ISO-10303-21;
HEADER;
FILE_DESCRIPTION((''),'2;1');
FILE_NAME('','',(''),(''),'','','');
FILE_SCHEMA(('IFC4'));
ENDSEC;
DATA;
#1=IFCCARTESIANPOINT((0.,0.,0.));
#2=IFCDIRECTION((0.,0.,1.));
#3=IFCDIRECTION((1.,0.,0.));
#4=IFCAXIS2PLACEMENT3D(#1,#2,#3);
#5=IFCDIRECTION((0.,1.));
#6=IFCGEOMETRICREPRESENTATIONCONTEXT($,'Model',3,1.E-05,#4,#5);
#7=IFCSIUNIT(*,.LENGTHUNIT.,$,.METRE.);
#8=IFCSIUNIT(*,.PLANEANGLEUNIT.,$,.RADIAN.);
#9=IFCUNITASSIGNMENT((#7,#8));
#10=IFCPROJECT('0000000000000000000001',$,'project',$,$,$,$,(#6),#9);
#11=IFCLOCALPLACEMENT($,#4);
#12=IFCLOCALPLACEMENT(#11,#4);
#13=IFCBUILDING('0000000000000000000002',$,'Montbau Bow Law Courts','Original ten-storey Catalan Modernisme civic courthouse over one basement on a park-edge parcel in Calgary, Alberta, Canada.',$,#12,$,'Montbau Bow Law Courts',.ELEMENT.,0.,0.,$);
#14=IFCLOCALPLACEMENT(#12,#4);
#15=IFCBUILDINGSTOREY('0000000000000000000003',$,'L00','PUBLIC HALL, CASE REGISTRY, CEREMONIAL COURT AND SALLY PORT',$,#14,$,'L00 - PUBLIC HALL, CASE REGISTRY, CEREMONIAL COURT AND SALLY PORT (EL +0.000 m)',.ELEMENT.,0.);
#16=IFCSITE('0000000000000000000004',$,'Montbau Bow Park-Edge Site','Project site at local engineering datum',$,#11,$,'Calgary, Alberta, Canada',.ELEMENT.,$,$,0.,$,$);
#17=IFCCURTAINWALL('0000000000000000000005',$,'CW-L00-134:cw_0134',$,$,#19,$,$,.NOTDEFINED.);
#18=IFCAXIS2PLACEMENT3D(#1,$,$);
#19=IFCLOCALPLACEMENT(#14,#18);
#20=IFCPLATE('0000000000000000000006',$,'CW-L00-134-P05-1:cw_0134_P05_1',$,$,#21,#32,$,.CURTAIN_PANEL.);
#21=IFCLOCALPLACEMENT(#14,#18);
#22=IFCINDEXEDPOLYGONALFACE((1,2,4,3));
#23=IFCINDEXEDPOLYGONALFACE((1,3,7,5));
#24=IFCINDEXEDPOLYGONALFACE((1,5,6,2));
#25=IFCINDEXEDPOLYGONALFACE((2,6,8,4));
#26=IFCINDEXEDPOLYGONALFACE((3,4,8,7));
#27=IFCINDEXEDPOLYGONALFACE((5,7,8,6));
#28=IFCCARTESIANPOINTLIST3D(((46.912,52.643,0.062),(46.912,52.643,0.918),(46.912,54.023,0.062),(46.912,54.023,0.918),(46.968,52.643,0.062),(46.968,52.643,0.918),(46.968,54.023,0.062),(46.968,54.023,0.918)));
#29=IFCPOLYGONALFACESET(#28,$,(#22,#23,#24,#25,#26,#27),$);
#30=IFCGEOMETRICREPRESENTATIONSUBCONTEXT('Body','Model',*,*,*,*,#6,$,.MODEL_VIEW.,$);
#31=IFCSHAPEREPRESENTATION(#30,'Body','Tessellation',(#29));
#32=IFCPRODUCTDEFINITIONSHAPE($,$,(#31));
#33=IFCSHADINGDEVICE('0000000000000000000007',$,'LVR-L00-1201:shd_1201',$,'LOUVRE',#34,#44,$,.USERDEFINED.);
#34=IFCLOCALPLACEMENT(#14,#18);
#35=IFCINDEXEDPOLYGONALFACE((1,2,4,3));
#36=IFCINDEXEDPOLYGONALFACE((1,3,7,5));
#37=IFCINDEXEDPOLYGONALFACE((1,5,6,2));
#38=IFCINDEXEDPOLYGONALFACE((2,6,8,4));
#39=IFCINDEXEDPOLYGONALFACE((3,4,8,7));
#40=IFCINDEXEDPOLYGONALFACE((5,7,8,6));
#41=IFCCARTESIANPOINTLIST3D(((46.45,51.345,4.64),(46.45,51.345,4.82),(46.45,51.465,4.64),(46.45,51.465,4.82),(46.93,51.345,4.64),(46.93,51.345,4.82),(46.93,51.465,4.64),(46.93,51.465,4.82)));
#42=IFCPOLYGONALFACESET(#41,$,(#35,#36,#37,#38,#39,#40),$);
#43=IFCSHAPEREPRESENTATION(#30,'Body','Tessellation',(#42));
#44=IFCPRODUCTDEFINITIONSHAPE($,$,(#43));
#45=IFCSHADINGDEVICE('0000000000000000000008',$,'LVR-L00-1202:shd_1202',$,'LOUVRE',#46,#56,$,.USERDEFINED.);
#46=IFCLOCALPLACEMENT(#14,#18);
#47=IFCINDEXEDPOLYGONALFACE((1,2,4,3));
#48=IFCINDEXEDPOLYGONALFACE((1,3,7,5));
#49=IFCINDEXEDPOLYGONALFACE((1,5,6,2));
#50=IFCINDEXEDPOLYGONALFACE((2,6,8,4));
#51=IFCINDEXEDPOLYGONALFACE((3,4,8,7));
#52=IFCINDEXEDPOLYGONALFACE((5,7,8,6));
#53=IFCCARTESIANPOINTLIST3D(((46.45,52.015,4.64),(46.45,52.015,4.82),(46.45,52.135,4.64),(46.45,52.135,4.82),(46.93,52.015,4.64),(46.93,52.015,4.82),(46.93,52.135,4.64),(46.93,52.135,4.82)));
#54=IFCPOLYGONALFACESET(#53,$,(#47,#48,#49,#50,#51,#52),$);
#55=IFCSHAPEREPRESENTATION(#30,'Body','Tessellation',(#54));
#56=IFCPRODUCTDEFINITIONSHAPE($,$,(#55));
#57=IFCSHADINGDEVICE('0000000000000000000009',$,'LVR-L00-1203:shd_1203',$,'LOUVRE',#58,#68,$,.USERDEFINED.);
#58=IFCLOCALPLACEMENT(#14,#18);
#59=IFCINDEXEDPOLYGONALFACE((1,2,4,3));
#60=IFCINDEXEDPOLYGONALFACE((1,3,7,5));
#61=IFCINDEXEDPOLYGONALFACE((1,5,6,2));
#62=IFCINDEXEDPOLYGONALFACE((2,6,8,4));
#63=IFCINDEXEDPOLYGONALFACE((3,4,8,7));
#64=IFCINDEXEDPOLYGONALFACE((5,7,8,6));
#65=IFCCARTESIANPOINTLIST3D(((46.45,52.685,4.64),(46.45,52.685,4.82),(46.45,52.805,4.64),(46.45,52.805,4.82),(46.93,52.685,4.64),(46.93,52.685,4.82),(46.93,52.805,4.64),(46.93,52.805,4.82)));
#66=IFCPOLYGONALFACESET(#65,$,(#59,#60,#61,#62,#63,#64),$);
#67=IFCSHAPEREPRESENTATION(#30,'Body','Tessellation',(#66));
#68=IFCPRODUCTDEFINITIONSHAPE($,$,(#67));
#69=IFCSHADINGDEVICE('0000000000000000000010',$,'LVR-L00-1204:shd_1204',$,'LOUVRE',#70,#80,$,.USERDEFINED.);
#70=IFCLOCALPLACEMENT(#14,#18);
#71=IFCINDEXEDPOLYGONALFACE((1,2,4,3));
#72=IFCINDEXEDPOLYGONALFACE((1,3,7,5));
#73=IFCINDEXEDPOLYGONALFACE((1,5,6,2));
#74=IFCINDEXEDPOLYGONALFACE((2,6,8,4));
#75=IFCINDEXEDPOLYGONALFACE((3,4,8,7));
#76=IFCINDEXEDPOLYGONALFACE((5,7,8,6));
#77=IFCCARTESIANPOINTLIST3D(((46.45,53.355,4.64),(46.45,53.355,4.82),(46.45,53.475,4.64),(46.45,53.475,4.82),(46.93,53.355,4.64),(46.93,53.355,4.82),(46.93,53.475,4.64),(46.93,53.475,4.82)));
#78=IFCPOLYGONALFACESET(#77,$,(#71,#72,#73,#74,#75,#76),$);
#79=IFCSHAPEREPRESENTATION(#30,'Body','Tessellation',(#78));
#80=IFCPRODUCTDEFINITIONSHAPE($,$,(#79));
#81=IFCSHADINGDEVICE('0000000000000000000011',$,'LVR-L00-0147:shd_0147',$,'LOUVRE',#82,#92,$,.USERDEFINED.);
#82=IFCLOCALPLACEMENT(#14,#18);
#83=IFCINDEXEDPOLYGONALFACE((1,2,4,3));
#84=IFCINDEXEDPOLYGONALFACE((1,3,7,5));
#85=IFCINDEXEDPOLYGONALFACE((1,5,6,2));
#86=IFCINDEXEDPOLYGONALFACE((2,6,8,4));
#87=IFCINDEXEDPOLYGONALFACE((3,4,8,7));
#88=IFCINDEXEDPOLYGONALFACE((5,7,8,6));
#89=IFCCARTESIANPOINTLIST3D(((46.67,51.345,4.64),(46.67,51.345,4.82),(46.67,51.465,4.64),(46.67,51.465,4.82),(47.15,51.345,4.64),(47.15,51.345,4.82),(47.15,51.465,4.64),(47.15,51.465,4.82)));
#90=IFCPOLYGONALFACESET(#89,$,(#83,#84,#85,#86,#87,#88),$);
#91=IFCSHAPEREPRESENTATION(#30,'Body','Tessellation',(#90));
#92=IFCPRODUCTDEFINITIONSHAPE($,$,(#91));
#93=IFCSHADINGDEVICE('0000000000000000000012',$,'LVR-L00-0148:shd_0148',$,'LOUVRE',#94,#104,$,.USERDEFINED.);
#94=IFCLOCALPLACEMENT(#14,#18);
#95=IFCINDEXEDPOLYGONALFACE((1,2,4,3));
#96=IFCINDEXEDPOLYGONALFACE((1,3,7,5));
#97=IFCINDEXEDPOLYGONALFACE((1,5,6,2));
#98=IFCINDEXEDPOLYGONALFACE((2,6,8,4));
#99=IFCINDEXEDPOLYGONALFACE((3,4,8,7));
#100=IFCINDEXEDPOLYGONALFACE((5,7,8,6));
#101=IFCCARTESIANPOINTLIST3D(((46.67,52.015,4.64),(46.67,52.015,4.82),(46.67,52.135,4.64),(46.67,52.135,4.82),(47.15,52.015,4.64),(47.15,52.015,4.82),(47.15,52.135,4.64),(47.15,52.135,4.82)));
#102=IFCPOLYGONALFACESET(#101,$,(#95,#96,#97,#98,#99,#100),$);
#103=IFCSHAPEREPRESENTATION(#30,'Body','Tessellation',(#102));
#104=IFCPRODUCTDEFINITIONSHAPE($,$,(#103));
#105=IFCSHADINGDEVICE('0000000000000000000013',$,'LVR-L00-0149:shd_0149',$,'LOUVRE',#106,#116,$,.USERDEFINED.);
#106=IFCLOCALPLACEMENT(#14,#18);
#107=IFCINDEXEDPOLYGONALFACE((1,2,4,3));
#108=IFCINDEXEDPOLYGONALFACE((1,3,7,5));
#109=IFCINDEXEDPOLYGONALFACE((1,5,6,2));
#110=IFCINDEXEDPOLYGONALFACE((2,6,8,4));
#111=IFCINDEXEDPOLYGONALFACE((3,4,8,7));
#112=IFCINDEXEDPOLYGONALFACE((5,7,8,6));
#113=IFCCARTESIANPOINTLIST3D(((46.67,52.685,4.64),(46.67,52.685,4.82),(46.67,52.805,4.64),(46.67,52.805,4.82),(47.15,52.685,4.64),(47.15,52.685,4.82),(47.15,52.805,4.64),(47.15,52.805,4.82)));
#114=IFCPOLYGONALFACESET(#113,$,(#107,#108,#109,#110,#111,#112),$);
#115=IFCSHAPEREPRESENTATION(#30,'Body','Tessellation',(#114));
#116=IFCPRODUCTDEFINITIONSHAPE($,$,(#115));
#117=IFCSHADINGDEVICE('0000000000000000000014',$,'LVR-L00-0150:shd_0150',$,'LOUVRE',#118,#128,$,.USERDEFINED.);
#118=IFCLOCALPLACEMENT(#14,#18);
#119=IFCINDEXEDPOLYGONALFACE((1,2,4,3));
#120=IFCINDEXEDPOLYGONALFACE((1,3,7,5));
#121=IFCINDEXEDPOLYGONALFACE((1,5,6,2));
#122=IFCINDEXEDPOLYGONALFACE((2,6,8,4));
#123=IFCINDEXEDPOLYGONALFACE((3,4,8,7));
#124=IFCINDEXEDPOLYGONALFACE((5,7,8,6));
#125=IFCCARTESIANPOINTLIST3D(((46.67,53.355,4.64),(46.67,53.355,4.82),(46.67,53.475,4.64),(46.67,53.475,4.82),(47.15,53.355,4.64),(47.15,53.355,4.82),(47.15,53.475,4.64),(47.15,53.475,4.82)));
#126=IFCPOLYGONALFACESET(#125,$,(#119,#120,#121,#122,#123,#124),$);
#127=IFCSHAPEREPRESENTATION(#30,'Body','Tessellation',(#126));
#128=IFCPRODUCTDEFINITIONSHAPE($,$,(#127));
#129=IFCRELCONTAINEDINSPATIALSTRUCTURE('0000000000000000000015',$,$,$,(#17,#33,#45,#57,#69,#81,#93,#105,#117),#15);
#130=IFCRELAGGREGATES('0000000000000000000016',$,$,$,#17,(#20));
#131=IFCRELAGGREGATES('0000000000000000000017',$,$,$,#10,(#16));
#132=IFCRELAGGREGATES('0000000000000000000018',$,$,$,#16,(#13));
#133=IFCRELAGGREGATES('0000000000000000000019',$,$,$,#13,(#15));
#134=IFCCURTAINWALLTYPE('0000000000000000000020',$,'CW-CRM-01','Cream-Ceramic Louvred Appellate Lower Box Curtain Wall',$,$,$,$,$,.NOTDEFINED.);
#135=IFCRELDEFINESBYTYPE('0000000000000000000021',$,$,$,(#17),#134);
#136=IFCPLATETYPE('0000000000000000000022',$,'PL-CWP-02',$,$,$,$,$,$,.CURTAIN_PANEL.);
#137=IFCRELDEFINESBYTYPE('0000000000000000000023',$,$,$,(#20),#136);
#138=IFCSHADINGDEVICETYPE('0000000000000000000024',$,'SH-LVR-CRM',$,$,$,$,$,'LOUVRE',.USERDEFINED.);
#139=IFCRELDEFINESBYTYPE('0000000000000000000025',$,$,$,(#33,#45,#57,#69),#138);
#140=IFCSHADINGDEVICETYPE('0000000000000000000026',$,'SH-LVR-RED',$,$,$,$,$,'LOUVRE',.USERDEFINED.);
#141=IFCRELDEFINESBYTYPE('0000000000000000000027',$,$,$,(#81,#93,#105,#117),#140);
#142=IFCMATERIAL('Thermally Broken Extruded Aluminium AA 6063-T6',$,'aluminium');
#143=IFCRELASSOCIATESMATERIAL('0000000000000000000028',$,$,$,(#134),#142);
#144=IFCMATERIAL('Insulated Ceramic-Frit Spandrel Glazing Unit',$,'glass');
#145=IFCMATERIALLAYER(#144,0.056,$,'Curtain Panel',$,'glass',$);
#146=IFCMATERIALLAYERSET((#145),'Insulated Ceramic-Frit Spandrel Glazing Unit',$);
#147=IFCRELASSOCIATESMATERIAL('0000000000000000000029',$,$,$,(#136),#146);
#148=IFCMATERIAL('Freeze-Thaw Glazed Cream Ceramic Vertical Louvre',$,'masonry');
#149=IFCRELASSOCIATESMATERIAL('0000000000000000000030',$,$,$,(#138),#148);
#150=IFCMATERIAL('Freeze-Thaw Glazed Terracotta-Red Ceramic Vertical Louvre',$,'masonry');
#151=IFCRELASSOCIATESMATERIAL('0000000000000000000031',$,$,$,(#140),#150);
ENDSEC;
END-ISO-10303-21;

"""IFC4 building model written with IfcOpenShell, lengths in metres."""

from ifc_helpers import new_model, si_unit, direction, frame, frame_2d, origin_with_axes, origin_2d_with_axis, place, context, subcontext, project, spatial, rectangle, extrude, material, layer, layer_set, type_object, element, aggregate, save


model = new_model("IFC4")

# Units and contexts
model_context = context("Model", 3, precision=1e-05, world=origin_with_axes(), true_north=direction((0.0, 1.0)))
body_context = subcontext(model_context, "Body", "Model", "MODEL_VIEW")
ifc_project = project(units=[si_unit("LENGTHUNIT", "METRE"), si_unit("PLANEANGLEUNIT", "RADIAN")], contexts=[model_context])

# Site, building, storey
site_placement = place(None, origin_with_axes())
site = spatial("IfcSite", under=ifc_project, at=site_placement, Name="Montbau Bow Park-Edge Site", Description="Project site at local engineering datum", LongName="Calgary, Alberta, Canada", CompositionType="ELEMENT", RefElevation=0.0)
building_placement = place(site_placement, origin_with_axes())
building = spatial("IfcBuilding", under=site, at=building_placement, Name="Montbau Bow Law Courts", Description="Original ten-storey Catalan Modernisme civic courthouse over one basement on a park-edge parcel in Calgary, Alberta, Canada.", LongName="Montbau Bow Law Courts", CompositionType="ELEMENT", ElevationOfRefHeight=0.0, ElevationOfTerrain=0.0)
storey_placement = place(building_placement, origin_with_axes())
storey = spatial("IfcBuildingStorey", under=building, at=storey_placement, Name="L00", Description="PUBLIC HALL, CASE REGISTRY, CEREMONIAL COURT AND SALLY PORT", LongName="L00 - PUBLIC HALL, CASE REGISTRY, CEREMONIAL COURT AND SALLY PORT (EL +0.000 m)", CompositionType="ELEMENT", Elevation=0.0)

# Curtain wall
ifc_material_1 = material(Name="Thermally Broken Extruded Aluminium AA 6063-T6", Category="aluminium")
curtain_wall_type_1 = type_object("IfcCurtainWallType", Name="CW-CRM-01", Description="Cream-Ceramic Louvred Appellate Lower Box Curtain Wall", PredefinedType="NOTDEFINED", material=ifc_material_1)
curtain_wall_1_placement = place(None, frame((46.94, 46.715, 0.0), z_axis=(0.0, 0.0, 1.0), x_axis=(1.0, 0.0, 0.0)))
curtain_wall_1 = element("IfcCurtainWall", 1, at=curtain_wall_1_placement, inside=storey, type_object=curtain_wall_type_1, Name="CW-L00-134:cw_0134", PredefinedType="NOTDEFINED")

# Plate
ifc_material_2 = material(Name="Insulated Ceramic-Frit Spandrel Glazing Unit", Category="glass")
ifc_layer_1 = layer(ifc_material_2, 0.056, Name="Curtain Panel", Category="glass")
ifc_layer_set_1 = layer_set([ifc_layer_1], Name="Insulated Ceramic-Frit Spandrel Glazing Unit")
plate_type_1 = type_object("IfcPlateType", Name="PL-CWP-02", PredefinedType="CURTAIN_PANEL", material=ifc_layer_set_1)
plate_1_placement = place(None, frame((46.94, 52.643, 0.062), z_axis=(1.0, 0.0, 0.0), x_axis=(0.0, 1.0, 0.0)))
plate_1 = element("IfcPlate", 2, at=plate_1_placement, type_object=plate_type_1, Name="CW-L00-134-P05-1:cw_0134_P05_1", PredefinedType="CURTAIN_PANEL", context=body_context, shape_type="SweptSolid", body=[
    extrude(rectangle(XDim=1.38, YDim=0.856, at=frame_2d((0.69, 0.428), x_axis=(1.0, 0.0))), frame((0.0, 0.0, -0.028), z_axis=(0.0, 0.0, 1.0), x_axis=(1.0, 0.0, 0.0)), (0.0, 0.0, 1.0), 0.056),
])
aggregate(curtain_wall_1, [plate_1])

# Shading devices
ifc_material_3 = material(Name="Freeze-Thaw Glazed Cream Ceramic Vertical Louvre", Category="masonry")
shading_device_type_1 = type_object("IfcShadingDeviceType", Name="SH-LVR-CRM", ElementType="LOUVRE", PredefinedType="USERDEFINED", material=ifc_material_3)
for number, where, z_axis, x_axis, name in (
    (3, (46.69, 51.405, 4.64), (0.0, 0.0, 1.0), (-1.0, 0.0, 0.0), "LVR-L00-1201:shd_1201"),
    (4, (46.69, 52.075, 4.64), (0.0, 0.0, 1.0), (-1.0, 0.0, 0.0), "LVR-L00-1202:shd_1202"),
    (5, (46.69, 52.745, 4.64), (0.0, 0.0, 1.0), (-1.0, 0.0, 0.0), "LVR-L00-1203:shd_1203"),
    (6, (46.69, 53.415, 4.64), (0.0, 0.0, 1.0), (-1.0, 0.0, 0.0), "LVR-L00-1204:shd_1204"),
):
    element("IfcShadingDevice", number, at=place(None, frame(where, z_axis=z_axis, x_axis=x_axis)), inside=storey, type_object=shading_device_type_1, Name=name, ObjectType="LOUVRE", PredefinedType="USERDEFINED", context=body_context, shape_type="SweptSolid", body=[
        extrude(rectangle(XDim=0.48, YDim=0.12, at=origin_2d_with_axis()), origin_with_axes(), (0.0, 0.0, 1.0), 0.18),
    ])
ifc_material_4 = material(Name="Freeze-Thaw Glazed Terracotta-Red Ceramic Vertical Louvre", Category="masonry")
shading_device_type_2 = type_object("IfcShadingDeviceType", Name="SH-LVR-RED", ElementType="LOUVRE", PredefinedType="USERDEFINED", material=ifc_material_4)
for number, where, z_axis, x_axis, name in (
    (7, (46.91, 51.405, 4.64), (0.0, 0.0, 1.0), (1.0, 0.0, 0.0), "LVR-L00-0147:shd_0147"),
    (8, (46.91, 52.075, 4.64), (0.0, 0.0, 1.0), (1.0, 0.0, 0.0), "LVR-L00-0148:shd_0148"),
    (9, (46.91, 52.745, 4.64), (0.0, 0.0, 1.0), (1.0, 0.0, 0.0), "LVR-L00-0149:shd_0149"),
    (10, (46.91, 53.415, 4.64), (0.0, 0.0, 1.0), (1.0, 0.0, 0.0), "LVR-L00-0150:shd_0150"),
):
    element("IfcShadingDevice", number, at=place(None, frame(where, z_axis=z_axis, x_axis=x_axis)), inside=storey, type_object=shading_device_type_2, Name=name, ObjectType="LOUVRE", PredefinedType="USERDEFINED", context=body_context, shape_type="SweptSolid", body=[
        extrude(rectangle(XDim=0.48, YDim=0.12, at=origin_2d_with_axis()), origin_with_axes(), (0.0, 0.0, 1.0), 0.18),
    ])

save(model, "model.ifc")
